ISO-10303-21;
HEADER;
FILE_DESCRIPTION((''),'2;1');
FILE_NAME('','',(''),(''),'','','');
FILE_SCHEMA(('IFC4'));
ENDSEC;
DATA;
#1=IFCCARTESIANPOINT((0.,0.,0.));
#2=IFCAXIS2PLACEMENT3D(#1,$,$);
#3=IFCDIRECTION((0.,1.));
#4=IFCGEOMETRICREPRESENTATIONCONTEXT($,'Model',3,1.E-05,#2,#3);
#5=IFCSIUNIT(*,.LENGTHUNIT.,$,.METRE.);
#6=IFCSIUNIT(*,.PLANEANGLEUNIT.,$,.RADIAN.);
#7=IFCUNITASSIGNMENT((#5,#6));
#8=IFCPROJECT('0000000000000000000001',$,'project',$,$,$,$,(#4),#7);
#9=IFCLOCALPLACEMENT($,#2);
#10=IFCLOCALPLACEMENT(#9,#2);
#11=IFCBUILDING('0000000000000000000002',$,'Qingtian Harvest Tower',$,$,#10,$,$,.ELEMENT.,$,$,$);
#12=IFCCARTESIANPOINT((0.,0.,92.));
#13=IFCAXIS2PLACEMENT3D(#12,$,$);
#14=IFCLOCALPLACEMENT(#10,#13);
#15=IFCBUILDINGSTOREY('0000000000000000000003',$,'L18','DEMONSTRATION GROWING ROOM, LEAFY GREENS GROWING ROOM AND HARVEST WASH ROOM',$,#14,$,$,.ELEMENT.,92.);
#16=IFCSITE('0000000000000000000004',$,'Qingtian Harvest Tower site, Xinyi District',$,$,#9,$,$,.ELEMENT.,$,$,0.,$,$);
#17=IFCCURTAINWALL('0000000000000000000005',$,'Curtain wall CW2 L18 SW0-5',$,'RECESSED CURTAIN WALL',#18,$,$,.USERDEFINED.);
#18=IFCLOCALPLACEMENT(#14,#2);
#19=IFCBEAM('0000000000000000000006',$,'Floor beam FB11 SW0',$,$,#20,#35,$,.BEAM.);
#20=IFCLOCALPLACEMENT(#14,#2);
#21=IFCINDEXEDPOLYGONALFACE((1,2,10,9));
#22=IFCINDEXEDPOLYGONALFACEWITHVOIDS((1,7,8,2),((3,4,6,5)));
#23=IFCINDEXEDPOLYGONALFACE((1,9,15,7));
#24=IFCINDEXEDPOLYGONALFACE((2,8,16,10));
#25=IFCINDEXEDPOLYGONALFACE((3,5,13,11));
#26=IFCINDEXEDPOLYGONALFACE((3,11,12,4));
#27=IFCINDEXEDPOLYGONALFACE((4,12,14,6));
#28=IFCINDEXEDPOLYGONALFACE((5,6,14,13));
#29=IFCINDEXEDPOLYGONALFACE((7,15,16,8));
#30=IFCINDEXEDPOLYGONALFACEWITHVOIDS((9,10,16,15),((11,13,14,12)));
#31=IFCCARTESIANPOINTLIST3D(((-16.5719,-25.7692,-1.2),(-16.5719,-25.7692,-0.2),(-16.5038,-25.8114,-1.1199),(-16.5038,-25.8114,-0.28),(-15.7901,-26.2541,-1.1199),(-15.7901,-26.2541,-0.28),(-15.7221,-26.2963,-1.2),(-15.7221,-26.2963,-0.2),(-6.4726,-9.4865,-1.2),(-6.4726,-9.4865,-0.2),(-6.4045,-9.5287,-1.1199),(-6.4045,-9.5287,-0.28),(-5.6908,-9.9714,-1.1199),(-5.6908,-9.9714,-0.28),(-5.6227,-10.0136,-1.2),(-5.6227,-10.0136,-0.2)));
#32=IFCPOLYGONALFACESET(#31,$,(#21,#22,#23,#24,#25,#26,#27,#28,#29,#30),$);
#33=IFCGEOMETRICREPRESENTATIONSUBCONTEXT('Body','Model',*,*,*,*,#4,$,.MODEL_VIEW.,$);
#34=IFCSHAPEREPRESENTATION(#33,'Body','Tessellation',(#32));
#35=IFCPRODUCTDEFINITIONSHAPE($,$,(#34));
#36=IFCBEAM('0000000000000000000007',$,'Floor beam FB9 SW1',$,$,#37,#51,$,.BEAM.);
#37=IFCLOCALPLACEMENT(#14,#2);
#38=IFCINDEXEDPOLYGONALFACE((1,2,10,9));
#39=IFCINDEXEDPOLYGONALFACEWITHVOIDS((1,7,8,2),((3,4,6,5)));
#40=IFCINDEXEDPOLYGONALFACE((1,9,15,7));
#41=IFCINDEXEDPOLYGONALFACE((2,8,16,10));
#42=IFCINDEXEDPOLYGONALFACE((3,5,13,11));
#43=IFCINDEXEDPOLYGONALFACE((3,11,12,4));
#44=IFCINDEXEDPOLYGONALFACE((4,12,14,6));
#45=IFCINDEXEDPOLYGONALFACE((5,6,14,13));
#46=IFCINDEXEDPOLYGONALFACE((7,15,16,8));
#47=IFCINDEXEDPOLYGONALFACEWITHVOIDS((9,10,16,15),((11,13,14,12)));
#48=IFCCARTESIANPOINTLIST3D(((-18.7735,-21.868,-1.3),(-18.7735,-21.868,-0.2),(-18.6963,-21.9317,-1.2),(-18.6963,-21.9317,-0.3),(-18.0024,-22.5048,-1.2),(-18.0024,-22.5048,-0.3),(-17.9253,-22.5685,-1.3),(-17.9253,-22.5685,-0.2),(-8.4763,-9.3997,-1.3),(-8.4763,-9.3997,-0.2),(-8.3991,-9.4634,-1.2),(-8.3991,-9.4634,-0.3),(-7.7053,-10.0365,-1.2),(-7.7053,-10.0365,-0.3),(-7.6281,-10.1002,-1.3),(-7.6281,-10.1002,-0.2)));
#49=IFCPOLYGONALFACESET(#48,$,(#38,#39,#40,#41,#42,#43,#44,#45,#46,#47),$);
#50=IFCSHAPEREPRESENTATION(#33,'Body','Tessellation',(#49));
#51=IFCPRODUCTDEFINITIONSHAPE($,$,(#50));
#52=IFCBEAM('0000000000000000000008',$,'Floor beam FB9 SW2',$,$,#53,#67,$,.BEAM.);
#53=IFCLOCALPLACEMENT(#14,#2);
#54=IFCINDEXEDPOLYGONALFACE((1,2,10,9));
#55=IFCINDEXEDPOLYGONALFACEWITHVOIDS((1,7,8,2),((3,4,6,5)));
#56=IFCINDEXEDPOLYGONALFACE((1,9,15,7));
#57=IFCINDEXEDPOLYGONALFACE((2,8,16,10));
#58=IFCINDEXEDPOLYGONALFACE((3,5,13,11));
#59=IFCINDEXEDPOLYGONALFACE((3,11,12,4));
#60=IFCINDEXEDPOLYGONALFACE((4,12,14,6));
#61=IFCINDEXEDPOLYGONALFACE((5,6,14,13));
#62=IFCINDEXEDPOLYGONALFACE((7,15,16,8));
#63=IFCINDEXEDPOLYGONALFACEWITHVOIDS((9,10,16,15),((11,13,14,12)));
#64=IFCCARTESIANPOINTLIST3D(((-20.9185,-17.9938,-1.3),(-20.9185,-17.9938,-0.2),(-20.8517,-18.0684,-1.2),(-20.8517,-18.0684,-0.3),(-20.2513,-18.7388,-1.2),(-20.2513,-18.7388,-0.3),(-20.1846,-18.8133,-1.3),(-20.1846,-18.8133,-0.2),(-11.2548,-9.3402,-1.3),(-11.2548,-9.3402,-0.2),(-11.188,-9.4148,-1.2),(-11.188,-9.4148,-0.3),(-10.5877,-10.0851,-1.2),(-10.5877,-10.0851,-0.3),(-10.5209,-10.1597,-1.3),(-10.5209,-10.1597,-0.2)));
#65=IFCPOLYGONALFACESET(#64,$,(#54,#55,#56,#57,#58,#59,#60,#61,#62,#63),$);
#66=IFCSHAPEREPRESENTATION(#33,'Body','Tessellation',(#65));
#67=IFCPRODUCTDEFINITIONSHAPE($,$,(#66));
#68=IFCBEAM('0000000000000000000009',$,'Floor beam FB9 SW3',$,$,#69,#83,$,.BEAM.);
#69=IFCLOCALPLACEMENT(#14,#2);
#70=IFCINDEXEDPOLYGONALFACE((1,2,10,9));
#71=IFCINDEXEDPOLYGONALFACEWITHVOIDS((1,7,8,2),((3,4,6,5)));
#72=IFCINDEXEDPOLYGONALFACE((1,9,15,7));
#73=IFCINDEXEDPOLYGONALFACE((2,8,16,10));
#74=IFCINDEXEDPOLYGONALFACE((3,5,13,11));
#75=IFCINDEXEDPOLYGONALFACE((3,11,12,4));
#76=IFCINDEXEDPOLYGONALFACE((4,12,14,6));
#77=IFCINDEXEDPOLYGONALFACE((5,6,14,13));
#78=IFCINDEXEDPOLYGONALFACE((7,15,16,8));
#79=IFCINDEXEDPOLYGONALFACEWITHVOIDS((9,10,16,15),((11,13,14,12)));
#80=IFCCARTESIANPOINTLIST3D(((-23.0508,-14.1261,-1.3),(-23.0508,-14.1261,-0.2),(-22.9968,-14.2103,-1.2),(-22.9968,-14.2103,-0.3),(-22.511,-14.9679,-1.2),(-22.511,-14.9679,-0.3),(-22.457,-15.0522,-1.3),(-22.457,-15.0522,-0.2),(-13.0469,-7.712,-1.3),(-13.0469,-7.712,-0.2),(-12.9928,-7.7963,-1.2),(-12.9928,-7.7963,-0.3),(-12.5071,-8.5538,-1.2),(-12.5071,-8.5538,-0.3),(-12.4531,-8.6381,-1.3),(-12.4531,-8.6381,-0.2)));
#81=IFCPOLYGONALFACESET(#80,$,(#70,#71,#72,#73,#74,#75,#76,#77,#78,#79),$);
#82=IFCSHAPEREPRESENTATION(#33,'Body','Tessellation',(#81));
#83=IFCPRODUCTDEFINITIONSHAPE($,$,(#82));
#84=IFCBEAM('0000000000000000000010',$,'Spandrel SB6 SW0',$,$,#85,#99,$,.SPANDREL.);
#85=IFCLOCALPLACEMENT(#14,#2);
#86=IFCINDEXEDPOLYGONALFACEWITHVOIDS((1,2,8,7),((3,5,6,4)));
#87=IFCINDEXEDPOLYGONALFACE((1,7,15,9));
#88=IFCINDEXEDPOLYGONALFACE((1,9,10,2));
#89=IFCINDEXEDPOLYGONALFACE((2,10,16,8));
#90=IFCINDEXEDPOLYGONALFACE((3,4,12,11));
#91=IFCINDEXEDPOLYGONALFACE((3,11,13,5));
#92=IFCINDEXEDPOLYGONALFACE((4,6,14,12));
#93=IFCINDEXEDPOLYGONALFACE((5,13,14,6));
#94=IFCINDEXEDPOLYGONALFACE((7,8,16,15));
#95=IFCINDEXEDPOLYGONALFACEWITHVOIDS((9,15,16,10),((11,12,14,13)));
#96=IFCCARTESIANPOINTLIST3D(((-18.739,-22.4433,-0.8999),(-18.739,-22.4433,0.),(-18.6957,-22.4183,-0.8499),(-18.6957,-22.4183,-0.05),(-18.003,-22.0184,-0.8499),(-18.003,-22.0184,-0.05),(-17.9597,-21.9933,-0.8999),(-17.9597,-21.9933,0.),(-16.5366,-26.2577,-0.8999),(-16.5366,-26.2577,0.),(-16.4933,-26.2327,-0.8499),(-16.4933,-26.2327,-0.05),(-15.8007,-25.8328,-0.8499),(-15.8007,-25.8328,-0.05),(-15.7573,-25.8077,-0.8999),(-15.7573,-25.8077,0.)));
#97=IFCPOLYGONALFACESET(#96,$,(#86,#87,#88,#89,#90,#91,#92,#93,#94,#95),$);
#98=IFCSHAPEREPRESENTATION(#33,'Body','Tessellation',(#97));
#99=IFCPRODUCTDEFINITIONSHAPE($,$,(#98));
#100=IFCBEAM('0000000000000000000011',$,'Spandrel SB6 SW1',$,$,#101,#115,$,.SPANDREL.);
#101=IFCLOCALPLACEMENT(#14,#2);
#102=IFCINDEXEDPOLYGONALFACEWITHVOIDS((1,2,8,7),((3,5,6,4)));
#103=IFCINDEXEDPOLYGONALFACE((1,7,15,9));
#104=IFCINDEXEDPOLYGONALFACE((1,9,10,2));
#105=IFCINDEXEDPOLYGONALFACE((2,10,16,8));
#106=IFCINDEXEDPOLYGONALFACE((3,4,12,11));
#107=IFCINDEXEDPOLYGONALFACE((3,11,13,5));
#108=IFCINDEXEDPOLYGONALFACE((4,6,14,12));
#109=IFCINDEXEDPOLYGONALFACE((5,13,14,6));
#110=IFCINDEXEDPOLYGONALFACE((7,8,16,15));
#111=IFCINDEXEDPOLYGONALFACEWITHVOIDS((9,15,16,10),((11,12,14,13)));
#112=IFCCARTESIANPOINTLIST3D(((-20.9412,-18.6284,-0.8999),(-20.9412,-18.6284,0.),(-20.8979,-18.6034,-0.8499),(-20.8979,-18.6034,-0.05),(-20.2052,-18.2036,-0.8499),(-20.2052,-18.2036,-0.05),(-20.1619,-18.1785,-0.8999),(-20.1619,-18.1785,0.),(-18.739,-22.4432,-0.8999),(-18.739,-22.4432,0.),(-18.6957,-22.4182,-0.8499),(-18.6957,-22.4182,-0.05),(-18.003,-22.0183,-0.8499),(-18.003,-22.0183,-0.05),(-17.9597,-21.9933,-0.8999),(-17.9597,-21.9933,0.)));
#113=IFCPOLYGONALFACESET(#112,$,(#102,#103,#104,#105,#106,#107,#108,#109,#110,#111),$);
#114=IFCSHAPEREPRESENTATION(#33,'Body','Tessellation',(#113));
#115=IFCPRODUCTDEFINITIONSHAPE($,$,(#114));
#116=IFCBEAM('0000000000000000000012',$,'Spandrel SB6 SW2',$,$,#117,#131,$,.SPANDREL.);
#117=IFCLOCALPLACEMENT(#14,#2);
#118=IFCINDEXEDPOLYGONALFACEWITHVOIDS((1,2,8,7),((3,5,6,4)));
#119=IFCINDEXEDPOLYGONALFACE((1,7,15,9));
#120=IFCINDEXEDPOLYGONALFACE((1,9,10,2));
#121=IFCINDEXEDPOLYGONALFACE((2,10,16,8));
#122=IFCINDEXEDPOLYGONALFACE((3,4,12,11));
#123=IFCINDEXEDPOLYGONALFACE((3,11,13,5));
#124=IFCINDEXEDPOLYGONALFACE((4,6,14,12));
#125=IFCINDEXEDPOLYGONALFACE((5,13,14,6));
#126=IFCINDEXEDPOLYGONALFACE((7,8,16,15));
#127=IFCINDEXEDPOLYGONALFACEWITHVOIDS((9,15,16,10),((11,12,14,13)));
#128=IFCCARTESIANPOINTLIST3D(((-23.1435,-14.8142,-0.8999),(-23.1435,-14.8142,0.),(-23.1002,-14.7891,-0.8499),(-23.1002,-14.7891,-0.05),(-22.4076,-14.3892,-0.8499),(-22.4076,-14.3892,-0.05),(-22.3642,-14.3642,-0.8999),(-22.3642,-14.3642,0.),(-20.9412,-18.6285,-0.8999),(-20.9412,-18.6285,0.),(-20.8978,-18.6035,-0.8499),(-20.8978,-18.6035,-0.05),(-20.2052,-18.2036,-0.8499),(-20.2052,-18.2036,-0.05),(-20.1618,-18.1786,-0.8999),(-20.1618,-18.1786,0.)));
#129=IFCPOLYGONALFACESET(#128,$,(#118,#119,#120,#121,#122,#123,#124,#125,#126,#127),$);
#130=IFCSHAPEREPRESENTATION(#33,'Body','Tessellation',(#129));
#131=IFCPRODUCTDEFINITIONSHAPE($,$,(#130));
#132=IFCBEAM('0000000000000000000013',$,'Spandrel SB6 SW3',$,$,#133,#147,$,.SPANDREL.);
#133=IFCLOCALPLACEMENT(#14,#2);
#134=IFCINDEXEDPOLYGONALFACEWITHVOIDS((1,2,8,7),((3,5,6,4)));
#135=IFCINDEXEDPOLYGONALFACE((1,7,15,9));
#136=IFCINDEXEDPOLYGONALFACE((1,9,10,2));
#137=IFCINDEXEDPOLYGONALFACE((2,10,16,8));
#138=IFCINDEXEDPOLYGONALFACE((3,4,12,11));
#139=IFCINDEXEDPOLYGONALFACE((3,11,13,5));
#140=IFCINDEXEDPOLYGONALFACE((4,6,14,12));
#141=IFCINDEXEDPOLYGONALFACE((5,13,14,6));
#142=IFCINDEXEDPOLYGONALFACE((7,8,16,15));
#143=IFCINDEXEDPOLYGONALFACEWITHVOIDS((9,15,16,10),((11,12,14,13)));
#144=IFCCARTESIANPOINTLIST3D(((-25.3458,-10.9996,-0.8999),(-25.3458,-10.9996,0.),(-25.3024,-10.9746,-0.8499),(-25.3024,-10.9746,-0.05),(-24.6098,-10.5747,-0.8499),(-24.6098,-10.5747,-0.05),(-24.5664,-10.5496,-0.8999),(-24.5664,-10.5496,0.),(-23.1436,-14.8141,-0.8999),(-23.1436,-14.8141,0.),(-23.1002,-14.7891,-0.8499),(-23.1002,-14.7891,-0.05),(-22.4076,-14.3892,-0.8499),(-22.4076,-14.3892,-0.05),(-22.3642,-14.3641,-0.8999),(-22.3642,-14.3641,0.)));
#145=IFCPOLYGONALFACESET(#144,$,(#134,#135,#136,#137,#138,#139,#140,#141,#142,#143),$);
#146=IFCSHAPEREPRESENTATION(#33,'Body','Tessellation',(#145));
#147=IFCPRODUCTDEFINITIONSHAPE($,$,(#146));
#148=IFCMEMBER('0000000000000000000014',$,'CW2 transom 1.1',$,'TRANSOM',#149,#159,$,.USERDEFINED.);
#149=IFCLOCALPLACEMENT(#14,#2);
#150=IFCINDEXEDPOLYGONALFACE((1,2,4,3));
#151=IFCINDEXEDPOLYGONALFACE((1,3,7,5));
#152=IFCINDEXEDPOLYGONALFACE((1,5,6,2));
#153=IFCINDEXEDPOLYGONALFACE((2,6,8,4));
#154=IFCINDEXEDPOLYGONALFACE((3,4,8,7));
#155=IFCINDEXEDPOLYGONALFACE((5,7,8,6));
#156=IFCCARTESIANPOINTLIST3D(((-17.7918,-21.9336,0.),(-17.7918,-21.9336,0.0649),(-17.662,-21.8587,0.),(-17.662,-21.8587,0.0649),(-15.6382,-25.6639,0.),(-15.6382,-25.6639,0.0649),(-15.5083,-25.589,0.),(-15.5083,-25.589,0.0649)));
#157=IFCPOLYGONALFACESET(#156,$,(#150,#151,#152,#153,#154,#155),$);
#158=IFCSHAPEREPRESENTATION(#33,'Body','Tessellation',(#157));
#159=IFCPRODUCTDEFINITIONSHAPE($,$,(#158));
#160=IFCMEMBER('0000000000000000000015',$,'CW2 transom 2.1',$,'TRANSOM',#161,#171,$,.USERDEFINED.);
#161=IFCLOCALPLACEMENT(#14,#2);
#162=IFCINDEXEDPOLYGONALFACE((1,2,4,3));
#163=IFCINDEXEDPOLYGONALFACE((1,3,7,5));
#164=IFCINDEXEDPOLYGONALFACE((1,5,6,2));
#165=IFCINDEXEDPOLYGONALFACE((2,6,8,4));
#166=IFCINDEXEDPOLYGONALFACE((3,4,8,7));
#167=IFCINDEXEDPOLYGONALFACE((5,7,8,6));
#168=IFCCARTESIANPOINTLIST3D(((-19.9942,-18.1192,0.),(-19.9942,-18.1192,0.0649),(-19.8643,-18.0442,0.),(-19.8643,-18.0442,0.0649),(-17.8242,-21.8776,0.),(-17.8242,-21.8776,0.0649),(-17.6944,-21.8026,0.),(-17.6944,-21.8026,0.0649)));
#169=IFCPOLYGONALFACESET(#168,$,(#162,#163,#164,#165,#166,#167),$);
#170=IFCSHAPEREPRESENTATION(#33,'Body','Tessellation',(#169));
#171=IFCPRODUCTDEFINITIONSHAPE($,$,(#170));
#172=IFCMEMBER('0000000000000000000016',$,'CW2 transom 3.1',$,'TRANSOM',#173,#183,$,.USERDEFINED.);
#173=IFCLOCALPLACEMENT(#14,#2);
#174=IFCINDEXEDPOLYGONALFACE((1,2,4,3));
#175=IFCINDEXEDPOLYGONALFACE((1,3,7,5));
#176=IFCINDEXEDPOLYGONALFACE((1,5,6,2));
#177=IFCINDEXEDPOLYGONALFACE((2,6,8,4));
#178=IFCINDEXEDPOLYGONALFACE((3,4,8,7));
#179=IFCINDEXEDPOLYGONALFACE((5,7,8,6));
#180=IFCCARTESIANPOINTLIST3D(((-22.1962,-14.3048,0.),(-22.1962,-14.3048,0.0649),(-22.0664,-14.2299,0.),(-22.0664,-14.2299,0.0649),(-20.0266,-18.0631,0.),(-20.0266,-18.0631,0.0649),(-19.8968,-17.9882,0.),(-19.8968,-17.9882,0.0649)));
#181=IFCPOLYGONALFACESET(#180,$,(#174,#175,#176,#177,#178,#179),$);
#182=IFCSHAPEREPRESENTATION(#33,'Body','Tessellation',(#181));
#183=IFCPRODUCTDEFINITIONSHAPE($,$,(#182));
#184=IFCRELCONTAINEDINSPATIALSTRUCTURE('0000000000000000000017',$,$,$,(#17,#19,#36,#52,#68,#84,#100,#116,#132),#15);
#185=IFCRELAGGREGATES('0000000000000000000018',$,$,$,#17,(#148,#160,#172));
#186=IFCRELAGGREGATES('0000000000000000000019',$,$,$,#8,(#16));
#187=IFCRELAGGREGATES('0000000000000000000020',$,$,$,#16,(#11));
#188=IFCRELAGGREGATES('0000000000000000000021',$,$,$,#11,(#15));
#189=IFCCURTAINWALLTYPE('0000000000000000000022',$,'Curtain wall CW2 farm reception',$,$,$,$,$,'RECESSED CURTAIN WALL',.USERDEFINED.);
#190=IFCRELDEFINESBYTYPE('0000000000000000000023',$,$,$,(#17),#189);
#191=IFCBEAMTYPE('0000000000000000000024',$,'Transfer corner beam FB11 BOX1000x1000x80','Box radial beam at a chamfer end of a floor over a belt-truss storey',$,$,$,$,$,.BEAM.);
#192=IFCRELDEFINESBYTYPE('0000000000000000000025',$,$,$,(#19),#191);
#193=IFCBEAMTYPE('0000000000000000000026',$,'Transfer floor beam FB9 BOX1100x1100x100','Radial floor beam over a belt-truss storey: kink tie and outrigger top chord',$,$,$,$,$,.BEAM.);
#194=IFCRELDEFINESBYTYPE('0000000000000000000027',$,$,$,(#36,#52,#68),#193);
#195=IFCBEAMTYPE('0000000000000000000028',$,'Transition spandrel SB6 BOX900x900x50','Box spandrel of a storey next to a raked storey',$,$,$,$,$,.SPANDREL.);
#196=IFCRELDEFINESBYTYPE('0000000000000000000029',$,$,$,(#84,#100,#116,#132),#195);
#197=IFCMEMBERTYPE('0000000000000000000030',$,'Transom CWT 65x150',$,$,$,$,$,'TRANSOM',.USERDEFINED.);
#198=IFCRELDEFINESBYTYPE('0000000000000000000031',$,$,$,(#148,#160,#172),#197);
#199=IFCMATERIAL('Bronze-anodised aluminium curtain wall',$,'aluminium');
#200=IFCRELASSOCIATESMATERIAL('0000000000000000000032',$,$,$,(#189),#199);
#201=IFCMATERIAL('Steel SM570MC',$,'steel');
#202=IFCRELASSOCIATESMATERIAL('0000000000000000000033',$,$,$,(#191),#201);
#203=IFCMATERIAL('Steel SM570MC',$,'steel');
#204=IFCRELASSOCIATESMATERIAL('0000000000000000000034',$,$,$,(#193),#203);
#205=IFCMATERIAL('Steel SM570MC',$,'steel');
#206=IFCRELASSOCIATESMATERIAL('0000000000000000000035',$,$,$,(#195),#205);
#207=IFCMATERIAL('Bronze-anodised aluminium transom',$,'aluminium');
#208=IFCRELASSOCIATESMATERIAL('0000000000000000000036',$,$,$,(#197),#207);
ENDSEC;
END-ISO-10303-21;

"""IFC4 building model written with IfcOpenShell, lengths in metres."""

from ifc_helpers import new_model, si_unit, direction, frame, origin, origin_2d, place, context, subcontext, project, spatial, rectangle, hollow_rectangle, extrude, material, material_profile, profile_set, type_object, element, aggregate, save


model = new_model("IFC4")

# Units and contexts
model_context = context("Model", 3, precision=1e-05, world=origin(), true_north=direction((0.0, 1.0)))
body_context = subcontext(model_context, "Body", "Model", "MODEL_VIEW")
ifc_project = project(units=[si_unit("LENGTHUNIT", "METRE"), si_unit("PLANEANGLEUNIT", "RADIAN")], contexts=[model_context])

# Site, building, storey
site_placement = place(None, origin())
site = spatial("IfcSite", under=ifc_project, at=site_placement, Name="Qingtian Harvest Tower site, Xinyi District", CompositionType="ELEMENT", RefElevation=0.0)
building_placement = place(site_placement, origin())
building = spatial("IfcBuilding", under=site, at=building_placement, Name="Qingtian Harvest Tower", CompositionType="ELEMENT")
storey_placement = place(building_placement, frame((0.0, 0.0, 92.0)))
storey = spatial("IfcBuildingStorey", under=building, at=storey_placement, Name="L18", Description="DEMONSTRATION GROWING ROOM, LEAFY GREENS GROWING ROOM AND HARVEST WASH ROOM", CompositionType="ELEMENT", Elevation=92.0)

# Shared definitions
ifc_material_1 = material(Name="Bronze-anodised aluminium curtain wall", Category="aluminium")
curtain_wall_type = type_object("IfcCurtainWallType", Name="Curtain wall CW2 farm reception", ElementType="RECESSED CURTAIN WALL", PredefinedType="USERDEFINED", material=ifc_material_1)

# Curtain wall
curtain_wall_1_placement = place(storey_placement, origin())
curtain_wall_1 = element("IfcCurtainWall", 1, at=curtain_wall_1_placement, inside=storey, type_object=curtain_wall_type, Name="Curtain wall CW2 L18 SW0-5", ObjectType="RECESSED CURTAIN WALL", PredefinedType="USERDEFINED")

# Beams
ifc_material_2 = material(Name="Steel SM570MC", Category="steel")
ifc_material_profile_1 = material_profile(ifc_material_2, hollow_rectangle(XDim=1.0, YDim=1.0, WallThickness=0.0801, at=origin_2d()), Name="BOX1000x1000x80")
ifc_profile_set_1 = profile_set([ifc_material_profile_1], Name="Steel SM570MC")
beam_type_1 = type_object("IfcBeamType", Name="Transfer corner beam FB11 BOX1000x1000x80", Description="Box radial beam at a chamfer end of a floor over a belt-truss storey", PredefinedType="BEAM", material=ifc_profile_set_1)
beam_1_placement = place(storey_placement, frame((-16.147, -26.0327, -0.7), z_axis=(0.527094, 0.849807, 0.0), x_axis=(-0.849807, 0.527094, 0.0)))
element("IfcBeam", 2, at=beam_1_placement, inside=storey, type_object=beam_type_1, Name="Floor beam FB11 SW0", PredefinedType="BEAM", context=body_context, shape_type="SweptSolid", body=[
    extrude(hollow_rectangle(XDim=1.0, YDim=1.0, WallThickness=0.0801, at=origin_2d()), origin(), (0.0, 0.0, 1.0), 19.1604),
])
ifc_material_3 = material(Name="Steel SM570MC", Category="steel")
ifc_material_profile_2 = material_profile(ifc_material_3, hollow_rectangle(XDim=1.1001, YDim=1.1001, WallThickness=0.1001, at=origin_2d()), Name="BOX1100x1100x100")
ifc_profile_set_2 = profile_set([ifc_material_profile_2], Name="Steel SM570MC")
beam_type_2 = type_object("IfcBeamType", Name="Transfer floor beam FB9 BOX1100x1100x100", Description="Radial floor beam over a belt-truss storey: kink tie and outrigger top chord", PredefinedType="BEAM", material=ifc_profile_set_2)
beam_2_placement = place(storey_placement, frame((-18.3494, -22.2183, -0.75), z_axis=(0.63678, 0.771045, 0.0), x_axis=(-0.771045, 0.63678, 0.0)))
element("IfcBeam", 3, at=beam_2_placement, inside=storey, type_object=beam_type_2, Name="Floor beam FB9 SW1", PredefinedType="BEAM", context=body_context, shape_type="SweptSolid", body=[
    extrude(hollow_rectangle(XDim=1.1001, YDim=1.1001, WallThickness=0.1001, at=origin_2d()), origin(), (0.0, 0.0, 1.0), 16.1707),
])
beam_3_placement = place(storey_placement, frame((-20.5515, -18.4036, -0.75), z_axis=(0.744965, 0.667103, 0.0), x_axis=(-0.667103, 0.744965, 0.0)))
element("IfcBeam", 4, at=beam_3_placement, inside=storey, type_object=beam_type_2, Name="Floor beam FB9 SW2", PredefinedType="BEAM", context=body_context, shape_type="SweptSolid", body=[
    extrude(hollow_rectangle(XDim=1.1001, YDim=1.1001, WallThickness=0.1001, at=origin_2d()), origin(), (0.0, 0.0, 1.0), 12.9719),
])
beam_4_placement = place(storey_placement, frame((-22.7539, -14.5891, -0.75), z_axis=(0.841829, 0.539744, 0.0), x_axis=(-0.539744, 0.841829, 0.0)))
element("IfcBeam", 5, at=beam_4_placement, inside=storey, type_object=beam_type_2, Name="Floor beam FB9 SW3", PredefinedType="BEAM", context=body_context, shape_type="SweptSolid", body=[
    extrude(hollow_rectangle(XDim=1.1001, YDim=1.1001, WallThickness=0.1001, at=origin_2d()), origin(), (0.0, 0.0, 1.0), 11.8835),
])
ifc_material_4 = material(Name="Steel SM570MC", Category="steel")
ifc_material_profile_3 = material_profile(ifc_material_4, hollow_rectangle(XDim=0.8999, YDim=0.8999, WallThickness=0.05, at=origin_2d()), Name="BOX900x900x50")
ifc_profile_set_3 = profile_set([ifc_material_profile_3], Name="Steel SM570MC")
beam_type_3 = type_object("IfcBeamType", Name="Transition spandrel SB6 BOX900x900x50", Description="Box spandrel of a storey next to a raked storey", PredefinedType="SPANDREL", material=ifc_profile_set_3)
beam_5_placement = place(storey_placement, frame((-16.147, -26.0327, -0.45), z_axis=(-0.50002, 0.866014, 0.0), x_axis=(-0.866014, -0.50002, 0.0)))
element("IfcBeam", 6, at=beam_5_placement, inside=storey, type_object=beam_type_3, Name="Spandrel SB6 SW0", PredefinedType="SPANDREL", context=body_context, shape_type="SweptSolid", body=[
    extrude(hollow_rectangle(XDim=0.8999, YDim=0.8999, WallThickness=0.05, at=origin_2d()), origin(), (0.0, 0.0, 1.0), 4.4045),
])
beam_6_placement = place(storey_placement, frame((-18.3494, -22.2183, -0.45), z_axis=(-0.499954, 0.866052, 0.0), x_axis=(-0.866052, -0.499954, 0.0)))
element("IfcBeam", 7, at=beam_6_placement, inside=storey, type_object=beam_type_3, Name="Spandrel SB6 SW1", PredefinedType="SPANDREL", context=body_context, shape_type="SweptSolid", body=[
    extrude(hollow_rectangle(XDim=0.8999, YDim=0.8999, WallThickness=0.05, at=origin_2d()), origin(), (0.0, 0.0, 1.0), 4.4048),
])
for number, where, z_axis, x_axis, name in (
    (8, (-20.5515, -18.4036, -0.45), (-0.50002, 0.866014, 0.0), (-0.866014, -0.50002, 0.0), "Spandrel SB6 SW2"),
    (9, (-22.7539, -14.5891, -0.45), (-0.499978, 0.866038, 0.0), (-0.866038, -0.499978, 0.0), "Spandrel SB6 SW3"),
):
    element("IfcBeam", number, at=place(storey_placement, frame(where, z_axis=z_axis, x_axis=x_axis)), inside=storey, type_object=beam_type_3, Name=name, PredefinedType="SPANDREL", context=body_context, shape_type="SweptSolid", body=[
        extrude(hollow_rectangle(XDim=0.8999, YDim=0.8999, WallThickness=0.05, at=origin_2d()), origin(), (0.0, 0.0, 1.0), 4.4045),
    ])

# Members
ifc_material_5 = material(Name="Bronze-anodised aluminium transom", Category="aluminium")
ifc_material_profile_4 = material_profile(ifc_material_5, rectangle(XDim=0.1499, YDim=0.0649, at=origin_2d()), Name="AL 65x150")
ifc_profile_set_4 = profile_set([ifc_material_profile_4], Name="Bronze-anodised aluminium transom")
member_type_1 = type_object("IfcMemberType", Name="Transom CWT 65x150", ElementType="TRANSOM", PredefinedType="USERDEFINED", material=ifc_profile_set_4)
member_1_placement = place(storey_placement, frame((-15.5732, -25.6265, 0.0325), z_axis=(-0.499986, 0.866034, 0.0), x_axis=(-0.866034, -0.499986, 0.0)))
member_1 = element("IfcMember", 10, at=member_1_placement, type_object=member_type_1, Name="CW2 transom 1.1", ObjectType="TRANSOM", PredefinedType="USERDEFINED", context=body_context, shape_type="SweptSolid", body=[
    extrude(rectangle(XDim=0.1499, YDim=0.0649, at=origin_2d()), origin(), (0.0, 0.0, 1.0), 4.3074),
])
member_2_placement = place(storey_placement, frame((-17.7593, -21.8401, 0.0325), z_axis=(-0.500011, 0.866019, 0.0), x_axis=(-0.866019, -0.500011, 0.0)))
member_2 = element("IfcMember", 11, at=member_2_placement, type_object=member_type_1, Name="CW2 transom 2.1", ObjectType="TRANSOM", PredefinedType="USERDEFINED", context=body_context, shape_type="SweptSolid", body=[
    extrude(rectangle(XDim=0.1499, YDim=0.0649, at=origin_2d()), origin(), (0.0, 0.0, 1.0), 4.3398),
])
member_3_placement = place(storey_placement, frame((-19.9617, -18.0256, 0.0325), z_axis=(-0.499969, 0.866043, 0.0), x_axis=(-0.866043, -0.499969, 0.0)))
member_3 = element("IfcMember", 12, at=member_3_placement, type_object=member_type_1, Name="CW2 transom 3.1", ObjectType="TRANSOM", PredefinedType="USERDEFINED", context=body_context, shape_type="SweptSolid", body=[
    extrude(rectangle(XDim=0.1499, YDim=0.0649, at=origin_2d()), origin(), (0.0, 0.0, 1.0), 4.3396),
])

aggregate(curtain_wall_1, [member_1, member_2, member_3])

save(model, "model.ifc")
